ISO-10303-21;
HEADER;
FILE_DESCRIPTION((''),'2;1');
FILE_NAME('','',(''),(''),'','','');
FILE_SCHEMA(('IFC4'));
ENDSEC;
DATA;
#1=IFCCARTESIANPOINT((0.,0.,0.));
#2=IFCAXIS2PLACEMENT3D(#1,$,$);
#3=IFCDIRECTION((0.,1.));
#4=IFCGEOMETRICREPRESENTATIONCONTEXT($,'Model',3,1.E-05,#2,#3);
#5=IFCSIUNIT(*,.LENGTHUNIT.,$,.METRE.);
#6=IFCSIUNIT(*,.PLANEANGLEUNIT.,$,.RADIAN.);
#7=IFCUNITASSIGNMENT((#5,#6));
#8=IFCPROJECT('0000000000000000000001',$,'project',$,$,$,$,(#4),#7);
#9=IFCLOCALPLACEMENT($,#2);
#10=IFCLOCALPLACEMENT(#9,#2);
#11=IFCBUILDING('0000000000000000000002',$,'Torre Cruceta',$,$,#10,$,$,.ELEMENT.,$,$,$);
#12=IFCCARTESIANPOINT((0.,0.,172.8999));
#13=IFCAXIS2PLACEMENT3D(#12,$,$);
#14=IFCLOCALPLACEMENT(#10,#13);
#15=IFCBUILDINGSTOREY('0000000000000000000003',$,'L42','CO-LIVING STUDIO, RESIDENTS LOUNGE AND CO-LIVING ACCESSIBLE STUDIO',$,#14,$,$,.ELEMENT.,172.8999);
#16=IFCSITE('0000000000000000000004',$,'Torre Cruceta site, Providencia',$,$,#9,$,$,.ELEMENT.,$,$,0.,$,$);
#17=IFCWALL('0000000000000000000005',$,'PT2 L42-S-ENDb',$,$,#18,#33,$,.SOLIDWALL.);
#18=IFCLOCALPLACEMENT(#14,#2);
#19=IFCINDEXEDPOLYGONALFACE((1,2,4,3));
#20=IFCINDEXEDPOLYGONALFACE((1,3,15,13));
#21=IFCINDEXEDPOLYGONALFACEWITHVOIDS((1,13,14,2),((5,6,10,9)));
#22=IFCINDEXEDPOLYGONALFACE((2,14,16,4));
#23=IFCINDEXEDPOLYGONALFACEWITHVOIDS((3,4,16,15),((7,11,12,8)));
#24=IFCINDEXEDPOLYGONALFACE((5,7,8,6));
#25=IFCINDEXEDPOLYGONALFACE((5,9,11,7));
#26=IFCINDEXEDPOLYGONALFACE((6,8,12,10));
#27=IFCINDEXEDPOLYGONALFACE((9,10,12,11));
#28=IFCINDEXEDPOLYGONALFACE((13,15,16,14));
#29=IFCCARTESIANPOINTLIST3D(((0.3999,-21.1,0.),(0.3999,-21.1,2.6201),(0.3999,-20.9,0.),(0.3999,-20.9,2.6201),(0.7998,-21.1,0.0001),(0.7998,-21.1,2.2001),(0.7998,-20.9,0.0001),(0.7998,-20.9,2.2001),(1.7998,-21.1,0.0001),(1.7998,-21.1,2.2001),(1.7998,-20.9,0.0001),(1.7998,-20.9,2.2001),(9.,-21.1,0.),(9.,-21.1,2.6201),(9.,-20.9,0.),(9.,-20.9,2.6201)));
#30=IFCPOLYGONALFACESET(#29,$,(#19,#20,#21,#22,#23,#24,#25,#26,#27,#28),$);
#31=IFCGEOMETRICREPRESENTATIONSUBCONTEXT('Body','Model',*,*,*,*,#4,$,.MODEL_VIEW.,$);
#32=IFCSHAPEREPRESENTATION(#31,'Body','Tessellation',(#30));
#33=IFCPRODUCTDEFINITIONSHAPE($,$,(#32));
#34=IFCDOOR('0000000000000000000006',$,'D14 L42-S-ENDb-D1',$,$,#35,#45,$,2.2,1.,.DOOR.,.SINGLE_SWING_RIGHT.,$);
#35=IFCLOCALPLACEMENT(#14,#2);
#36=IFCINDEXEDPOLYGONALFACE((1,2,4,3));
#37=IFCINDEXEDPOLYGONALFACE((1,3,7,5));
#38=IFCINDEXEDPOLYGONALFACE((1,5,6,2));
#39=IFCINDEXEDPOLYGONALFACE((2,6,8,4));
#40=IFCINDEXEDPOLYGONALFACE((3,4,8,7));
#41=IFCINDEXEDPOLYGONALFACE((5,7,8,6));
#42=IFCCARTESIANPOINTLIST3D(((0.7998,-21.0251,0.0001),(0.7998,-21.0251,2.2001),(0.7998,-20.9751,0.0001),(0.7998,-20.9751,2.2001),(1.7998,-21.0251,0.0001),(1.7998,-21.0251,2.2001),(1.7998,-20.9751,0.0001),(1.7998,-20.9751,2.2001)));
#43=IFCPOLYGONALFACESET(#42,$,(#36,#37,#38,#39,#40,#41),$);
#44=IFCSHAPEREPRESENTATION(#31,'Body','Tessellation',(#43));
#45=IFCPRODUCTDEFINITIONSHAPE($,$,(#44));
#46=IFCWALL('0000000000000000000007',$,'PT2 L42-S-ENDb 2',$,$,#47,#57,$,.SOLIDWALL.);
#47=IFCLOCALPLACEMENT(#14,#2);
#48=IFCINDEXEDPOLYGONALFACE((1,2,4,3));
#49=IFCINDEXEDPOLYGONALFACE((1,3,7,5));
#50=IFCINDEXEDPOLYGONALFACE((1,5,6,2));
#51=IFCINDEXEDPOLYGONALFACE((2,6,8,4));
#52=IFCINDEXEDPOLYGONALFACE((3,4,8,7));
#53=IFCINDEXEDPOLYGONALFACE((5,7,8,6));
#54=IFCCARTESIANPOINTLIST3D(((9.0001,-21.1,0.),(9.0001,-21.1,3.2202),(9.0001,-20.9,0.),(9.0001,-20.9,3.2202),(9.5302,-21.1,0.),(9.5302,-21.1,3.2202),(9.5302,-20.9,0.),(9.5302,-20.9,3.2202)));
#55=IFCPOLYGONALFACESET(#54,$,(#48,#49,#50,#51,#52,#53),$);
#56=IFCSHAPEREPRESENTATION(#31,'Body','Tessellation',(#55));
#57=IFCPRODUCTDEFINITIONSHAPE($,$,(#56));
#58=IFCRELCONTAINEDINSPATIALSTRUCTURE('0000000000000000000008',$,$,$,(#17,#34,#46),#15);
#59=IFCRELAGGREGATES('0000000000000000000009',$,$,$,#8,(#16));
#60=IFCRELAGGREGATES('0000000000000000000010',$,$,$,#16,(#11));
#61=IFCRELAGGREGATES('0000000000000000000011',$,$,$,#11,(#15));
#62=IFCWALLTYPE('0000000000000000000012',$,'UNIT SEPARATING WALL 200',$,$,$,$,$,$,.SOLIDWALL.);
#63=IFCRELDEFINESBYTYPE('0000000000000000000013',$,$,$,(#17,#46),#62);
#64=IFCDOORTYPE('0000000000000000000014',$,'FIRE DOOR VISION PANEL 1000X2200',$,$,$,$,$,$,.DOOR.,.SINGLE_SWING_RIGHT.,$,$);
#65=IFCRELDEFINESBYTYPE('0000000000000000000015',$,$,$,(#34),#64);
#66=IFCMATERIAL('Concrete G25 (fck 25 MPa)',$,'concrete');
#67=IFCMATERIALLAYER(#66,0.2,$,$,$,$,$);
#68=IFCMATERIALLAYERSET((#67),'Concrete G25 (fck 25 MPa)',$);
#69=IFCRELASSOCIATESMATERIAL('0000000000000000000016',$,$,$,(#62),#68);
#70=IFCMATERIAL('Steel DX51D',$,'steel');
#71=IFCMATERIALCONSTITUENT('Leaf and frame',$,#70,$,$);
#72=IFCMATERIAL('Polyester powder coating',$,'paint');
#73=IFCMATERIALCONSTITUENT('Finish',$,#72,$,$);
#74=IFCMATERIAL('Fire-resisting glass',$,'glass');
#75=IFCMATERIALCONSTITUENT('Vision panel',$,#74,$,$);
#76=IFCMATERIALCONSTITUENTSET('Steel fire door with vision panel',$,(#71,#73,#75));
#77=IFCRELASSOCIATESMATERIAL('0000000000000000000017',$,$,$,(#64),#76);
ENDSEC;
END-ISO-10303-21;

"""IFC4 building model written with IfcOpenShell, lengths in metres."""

from ifc_helpers import new_model, si_unit, direction, frame, frame_2d, origin, place, context, subcontext, project, spatial, rectangle, extrude, material, layer, layer_set, constituent, constituent_set, type_object, element, fill, save


model = new_model("IFC4")

# Units and contexts
model_context = context("Model", 3, precision=1e-05, world=origin(), true_north=direction((0.0, 1.0)))
body_context = subcontext(model_context, "Body", "Model", "MODEL_VIEW")
ifc_project = project(units=[si_unit("LENGTHUNIT", "METRE"), si_unit("PLANEANGLEUNIT", "RADIAN")], contexts=[model_context])

# Site, building, storey
site_placement = place(None, origin())
site = spatial("IfcSite", under=ifc_project, at=site_placement, Name="Torre Cruceta site, Providencia", CompositionType="ELEMENT", RefElevation=0.0)
building_placement = place(site_placement, origin())
building = spatial("IfcBuilding", under=site, at=building_placement, Name="Torre Cruceta", CompositionType="ELEMENT")
storey_placement = place(building_placement, frame((0.0, 0.0, 172.8999)))
storey = spatial("IfcBuildingStorey", under=building, at=storey_placement, Name="L42", Description="CO-LIVING STUDIO, RESIDENTS LOUNGE AND CO-LIVING ACCESSIBLE STUDIO", CompositionType="ELEMENT", Elevation=172.8999)

# Wall, opening, door
ifc_material_1 = material(Name="Concrete G25 (fck 25 MPa)", Category="concrete")
ifc_layer_1 = layer(ifc_material_1, 0.2)
ifc_layer_set_1 = layer_set([ifc_layer_1], Name="Concrete G25 (fck 25 MPa)")
wall_type_1 = type_object("IfcWallType", Name="UNIT SEPARATING WALL 200", PredefinedType="SOLIDWALL", material=ifc_layer_set_1)
wall_1_placement = place(storey_placement, frame((0.3999, -21.0, 0.0), z_axis=(0.0, 0.0, 1.0), x_axis=(1.0, 0.0, 0.0)))
wall_1 = element("IfcWall", 1, at=wall_1_placement, inside=storey, type_object=wall_type_1, Name="PT2 L42-S-ENDb", PredefinedType="SOLIDWALL", context=body_context, shape_type="SweptSolid", body=[
    extrude(rectangle(XDim=8.6001, YDim=0.2, at=frame_2d((4.3, 0.0))), origin(), (0.0, 0.0, 1.0), 2.6201),
])
opening_1_placement = place(wall_1_placement, frame((0.3999, 0.0, 0.0)))
opening_1 = element("IfcOpeningElement", 2, at=opening_1_placement, cuts=wall_1, PredefinedType="OPENING", context=body_context, shape_type="SweptSolid", body=[
    extrude(rectangle(XDim=1.0, YDim=2.2, at=frame_2d((0.5, 1.1001))), frame((0.0, 0.1099, 0.0), z_axis=(0.0, -1.0, 0.0), x_axis=(1.0, 0.0, 0.0)), (0.0, 0.0, 1.0), 0.22),
])
ifc_material_2 = material(Name="Steel DX51D", Category="steel")
ifc_constituent_1 = constituent(ifc_material_2, Name="Leaf and frame")
ifc_material_3 = material(Name="Polyester powder coating", Category="paint")
ifc_constituent_2 = constituent(ifc_material_3, Name="Finish")
ifc_material_4 = material(Name="Fire-resisting glass", Category="glass")
ifc_constituent_3 = constituent(ifc_material_4, Name="Vision panel")
ifc_constituent_set_1 = constituent_set(constituents=[ifc_constituent_1, ifc_constituent_2, ifc_constituent_3], Name="Steel fire door with vision panel")
door_type_1 = type_object("IfcDoorType", Name="FIRE DOOR VISION PANEL 1000X2200", OperationType="SINGLE_SWING_RIGHT", PredefinedType="DOOR", material=ifc_constituent_set_1)
door_1_placement = place(opening_1_placement, frame((1.0, 0.0, 0.0), z_axis=(0.0, 0.0, 1.0), x_axis=(-1.0, 0.0, 0.0)))
door_1 = element("IfcDoor", 3, at=door_1_placement, inside=storey, type_object=door_type_1, Name="D14 L42-S-ENDb-D1", OperationType="SINGLE_SWING_RIGHT", OverallHeight=2.2, OverallWidth=1.0, PredefinedType="DOOR", context=body_context, shape_type="SweptSolid", body=[
    extrude(rectangle(XDim=1.0, YDim=2.2, at=frame_2d((0.5, 1.1001))), frame((0.0, 0.0251, 0.0), z_axis=(0.0, -1.0, 0.0), x_axis=(1.0, 0.0, 0.0)), (0.0, 0.0, 1.0), 0.05),
])
fill(opening_1, door_1)

# Wall
wall_2_placement = place(storey_placement, frame((9.0, -21.0, 0.0), z_axis=(0.0, 0.0, 1.0), x_axis=(1.0, 0.0, 0.0)))
element("IfcWall", 4, at=wall_2_placement, inside=storey, type_object=wall_type_1, Name="PT2 L42-S-ENDb 2", PredefinedType="SOLIDWALL", context=body_context, shape_type="SweptSolid", body=[
    extrude(rectangle(XDim=0.53, YDim=0.2, at=frame_2d((0.2651, 0.0))), origin(), (0.0, 0.0, 1.0), 3.2202),
])

save(model, "model.ifc")
